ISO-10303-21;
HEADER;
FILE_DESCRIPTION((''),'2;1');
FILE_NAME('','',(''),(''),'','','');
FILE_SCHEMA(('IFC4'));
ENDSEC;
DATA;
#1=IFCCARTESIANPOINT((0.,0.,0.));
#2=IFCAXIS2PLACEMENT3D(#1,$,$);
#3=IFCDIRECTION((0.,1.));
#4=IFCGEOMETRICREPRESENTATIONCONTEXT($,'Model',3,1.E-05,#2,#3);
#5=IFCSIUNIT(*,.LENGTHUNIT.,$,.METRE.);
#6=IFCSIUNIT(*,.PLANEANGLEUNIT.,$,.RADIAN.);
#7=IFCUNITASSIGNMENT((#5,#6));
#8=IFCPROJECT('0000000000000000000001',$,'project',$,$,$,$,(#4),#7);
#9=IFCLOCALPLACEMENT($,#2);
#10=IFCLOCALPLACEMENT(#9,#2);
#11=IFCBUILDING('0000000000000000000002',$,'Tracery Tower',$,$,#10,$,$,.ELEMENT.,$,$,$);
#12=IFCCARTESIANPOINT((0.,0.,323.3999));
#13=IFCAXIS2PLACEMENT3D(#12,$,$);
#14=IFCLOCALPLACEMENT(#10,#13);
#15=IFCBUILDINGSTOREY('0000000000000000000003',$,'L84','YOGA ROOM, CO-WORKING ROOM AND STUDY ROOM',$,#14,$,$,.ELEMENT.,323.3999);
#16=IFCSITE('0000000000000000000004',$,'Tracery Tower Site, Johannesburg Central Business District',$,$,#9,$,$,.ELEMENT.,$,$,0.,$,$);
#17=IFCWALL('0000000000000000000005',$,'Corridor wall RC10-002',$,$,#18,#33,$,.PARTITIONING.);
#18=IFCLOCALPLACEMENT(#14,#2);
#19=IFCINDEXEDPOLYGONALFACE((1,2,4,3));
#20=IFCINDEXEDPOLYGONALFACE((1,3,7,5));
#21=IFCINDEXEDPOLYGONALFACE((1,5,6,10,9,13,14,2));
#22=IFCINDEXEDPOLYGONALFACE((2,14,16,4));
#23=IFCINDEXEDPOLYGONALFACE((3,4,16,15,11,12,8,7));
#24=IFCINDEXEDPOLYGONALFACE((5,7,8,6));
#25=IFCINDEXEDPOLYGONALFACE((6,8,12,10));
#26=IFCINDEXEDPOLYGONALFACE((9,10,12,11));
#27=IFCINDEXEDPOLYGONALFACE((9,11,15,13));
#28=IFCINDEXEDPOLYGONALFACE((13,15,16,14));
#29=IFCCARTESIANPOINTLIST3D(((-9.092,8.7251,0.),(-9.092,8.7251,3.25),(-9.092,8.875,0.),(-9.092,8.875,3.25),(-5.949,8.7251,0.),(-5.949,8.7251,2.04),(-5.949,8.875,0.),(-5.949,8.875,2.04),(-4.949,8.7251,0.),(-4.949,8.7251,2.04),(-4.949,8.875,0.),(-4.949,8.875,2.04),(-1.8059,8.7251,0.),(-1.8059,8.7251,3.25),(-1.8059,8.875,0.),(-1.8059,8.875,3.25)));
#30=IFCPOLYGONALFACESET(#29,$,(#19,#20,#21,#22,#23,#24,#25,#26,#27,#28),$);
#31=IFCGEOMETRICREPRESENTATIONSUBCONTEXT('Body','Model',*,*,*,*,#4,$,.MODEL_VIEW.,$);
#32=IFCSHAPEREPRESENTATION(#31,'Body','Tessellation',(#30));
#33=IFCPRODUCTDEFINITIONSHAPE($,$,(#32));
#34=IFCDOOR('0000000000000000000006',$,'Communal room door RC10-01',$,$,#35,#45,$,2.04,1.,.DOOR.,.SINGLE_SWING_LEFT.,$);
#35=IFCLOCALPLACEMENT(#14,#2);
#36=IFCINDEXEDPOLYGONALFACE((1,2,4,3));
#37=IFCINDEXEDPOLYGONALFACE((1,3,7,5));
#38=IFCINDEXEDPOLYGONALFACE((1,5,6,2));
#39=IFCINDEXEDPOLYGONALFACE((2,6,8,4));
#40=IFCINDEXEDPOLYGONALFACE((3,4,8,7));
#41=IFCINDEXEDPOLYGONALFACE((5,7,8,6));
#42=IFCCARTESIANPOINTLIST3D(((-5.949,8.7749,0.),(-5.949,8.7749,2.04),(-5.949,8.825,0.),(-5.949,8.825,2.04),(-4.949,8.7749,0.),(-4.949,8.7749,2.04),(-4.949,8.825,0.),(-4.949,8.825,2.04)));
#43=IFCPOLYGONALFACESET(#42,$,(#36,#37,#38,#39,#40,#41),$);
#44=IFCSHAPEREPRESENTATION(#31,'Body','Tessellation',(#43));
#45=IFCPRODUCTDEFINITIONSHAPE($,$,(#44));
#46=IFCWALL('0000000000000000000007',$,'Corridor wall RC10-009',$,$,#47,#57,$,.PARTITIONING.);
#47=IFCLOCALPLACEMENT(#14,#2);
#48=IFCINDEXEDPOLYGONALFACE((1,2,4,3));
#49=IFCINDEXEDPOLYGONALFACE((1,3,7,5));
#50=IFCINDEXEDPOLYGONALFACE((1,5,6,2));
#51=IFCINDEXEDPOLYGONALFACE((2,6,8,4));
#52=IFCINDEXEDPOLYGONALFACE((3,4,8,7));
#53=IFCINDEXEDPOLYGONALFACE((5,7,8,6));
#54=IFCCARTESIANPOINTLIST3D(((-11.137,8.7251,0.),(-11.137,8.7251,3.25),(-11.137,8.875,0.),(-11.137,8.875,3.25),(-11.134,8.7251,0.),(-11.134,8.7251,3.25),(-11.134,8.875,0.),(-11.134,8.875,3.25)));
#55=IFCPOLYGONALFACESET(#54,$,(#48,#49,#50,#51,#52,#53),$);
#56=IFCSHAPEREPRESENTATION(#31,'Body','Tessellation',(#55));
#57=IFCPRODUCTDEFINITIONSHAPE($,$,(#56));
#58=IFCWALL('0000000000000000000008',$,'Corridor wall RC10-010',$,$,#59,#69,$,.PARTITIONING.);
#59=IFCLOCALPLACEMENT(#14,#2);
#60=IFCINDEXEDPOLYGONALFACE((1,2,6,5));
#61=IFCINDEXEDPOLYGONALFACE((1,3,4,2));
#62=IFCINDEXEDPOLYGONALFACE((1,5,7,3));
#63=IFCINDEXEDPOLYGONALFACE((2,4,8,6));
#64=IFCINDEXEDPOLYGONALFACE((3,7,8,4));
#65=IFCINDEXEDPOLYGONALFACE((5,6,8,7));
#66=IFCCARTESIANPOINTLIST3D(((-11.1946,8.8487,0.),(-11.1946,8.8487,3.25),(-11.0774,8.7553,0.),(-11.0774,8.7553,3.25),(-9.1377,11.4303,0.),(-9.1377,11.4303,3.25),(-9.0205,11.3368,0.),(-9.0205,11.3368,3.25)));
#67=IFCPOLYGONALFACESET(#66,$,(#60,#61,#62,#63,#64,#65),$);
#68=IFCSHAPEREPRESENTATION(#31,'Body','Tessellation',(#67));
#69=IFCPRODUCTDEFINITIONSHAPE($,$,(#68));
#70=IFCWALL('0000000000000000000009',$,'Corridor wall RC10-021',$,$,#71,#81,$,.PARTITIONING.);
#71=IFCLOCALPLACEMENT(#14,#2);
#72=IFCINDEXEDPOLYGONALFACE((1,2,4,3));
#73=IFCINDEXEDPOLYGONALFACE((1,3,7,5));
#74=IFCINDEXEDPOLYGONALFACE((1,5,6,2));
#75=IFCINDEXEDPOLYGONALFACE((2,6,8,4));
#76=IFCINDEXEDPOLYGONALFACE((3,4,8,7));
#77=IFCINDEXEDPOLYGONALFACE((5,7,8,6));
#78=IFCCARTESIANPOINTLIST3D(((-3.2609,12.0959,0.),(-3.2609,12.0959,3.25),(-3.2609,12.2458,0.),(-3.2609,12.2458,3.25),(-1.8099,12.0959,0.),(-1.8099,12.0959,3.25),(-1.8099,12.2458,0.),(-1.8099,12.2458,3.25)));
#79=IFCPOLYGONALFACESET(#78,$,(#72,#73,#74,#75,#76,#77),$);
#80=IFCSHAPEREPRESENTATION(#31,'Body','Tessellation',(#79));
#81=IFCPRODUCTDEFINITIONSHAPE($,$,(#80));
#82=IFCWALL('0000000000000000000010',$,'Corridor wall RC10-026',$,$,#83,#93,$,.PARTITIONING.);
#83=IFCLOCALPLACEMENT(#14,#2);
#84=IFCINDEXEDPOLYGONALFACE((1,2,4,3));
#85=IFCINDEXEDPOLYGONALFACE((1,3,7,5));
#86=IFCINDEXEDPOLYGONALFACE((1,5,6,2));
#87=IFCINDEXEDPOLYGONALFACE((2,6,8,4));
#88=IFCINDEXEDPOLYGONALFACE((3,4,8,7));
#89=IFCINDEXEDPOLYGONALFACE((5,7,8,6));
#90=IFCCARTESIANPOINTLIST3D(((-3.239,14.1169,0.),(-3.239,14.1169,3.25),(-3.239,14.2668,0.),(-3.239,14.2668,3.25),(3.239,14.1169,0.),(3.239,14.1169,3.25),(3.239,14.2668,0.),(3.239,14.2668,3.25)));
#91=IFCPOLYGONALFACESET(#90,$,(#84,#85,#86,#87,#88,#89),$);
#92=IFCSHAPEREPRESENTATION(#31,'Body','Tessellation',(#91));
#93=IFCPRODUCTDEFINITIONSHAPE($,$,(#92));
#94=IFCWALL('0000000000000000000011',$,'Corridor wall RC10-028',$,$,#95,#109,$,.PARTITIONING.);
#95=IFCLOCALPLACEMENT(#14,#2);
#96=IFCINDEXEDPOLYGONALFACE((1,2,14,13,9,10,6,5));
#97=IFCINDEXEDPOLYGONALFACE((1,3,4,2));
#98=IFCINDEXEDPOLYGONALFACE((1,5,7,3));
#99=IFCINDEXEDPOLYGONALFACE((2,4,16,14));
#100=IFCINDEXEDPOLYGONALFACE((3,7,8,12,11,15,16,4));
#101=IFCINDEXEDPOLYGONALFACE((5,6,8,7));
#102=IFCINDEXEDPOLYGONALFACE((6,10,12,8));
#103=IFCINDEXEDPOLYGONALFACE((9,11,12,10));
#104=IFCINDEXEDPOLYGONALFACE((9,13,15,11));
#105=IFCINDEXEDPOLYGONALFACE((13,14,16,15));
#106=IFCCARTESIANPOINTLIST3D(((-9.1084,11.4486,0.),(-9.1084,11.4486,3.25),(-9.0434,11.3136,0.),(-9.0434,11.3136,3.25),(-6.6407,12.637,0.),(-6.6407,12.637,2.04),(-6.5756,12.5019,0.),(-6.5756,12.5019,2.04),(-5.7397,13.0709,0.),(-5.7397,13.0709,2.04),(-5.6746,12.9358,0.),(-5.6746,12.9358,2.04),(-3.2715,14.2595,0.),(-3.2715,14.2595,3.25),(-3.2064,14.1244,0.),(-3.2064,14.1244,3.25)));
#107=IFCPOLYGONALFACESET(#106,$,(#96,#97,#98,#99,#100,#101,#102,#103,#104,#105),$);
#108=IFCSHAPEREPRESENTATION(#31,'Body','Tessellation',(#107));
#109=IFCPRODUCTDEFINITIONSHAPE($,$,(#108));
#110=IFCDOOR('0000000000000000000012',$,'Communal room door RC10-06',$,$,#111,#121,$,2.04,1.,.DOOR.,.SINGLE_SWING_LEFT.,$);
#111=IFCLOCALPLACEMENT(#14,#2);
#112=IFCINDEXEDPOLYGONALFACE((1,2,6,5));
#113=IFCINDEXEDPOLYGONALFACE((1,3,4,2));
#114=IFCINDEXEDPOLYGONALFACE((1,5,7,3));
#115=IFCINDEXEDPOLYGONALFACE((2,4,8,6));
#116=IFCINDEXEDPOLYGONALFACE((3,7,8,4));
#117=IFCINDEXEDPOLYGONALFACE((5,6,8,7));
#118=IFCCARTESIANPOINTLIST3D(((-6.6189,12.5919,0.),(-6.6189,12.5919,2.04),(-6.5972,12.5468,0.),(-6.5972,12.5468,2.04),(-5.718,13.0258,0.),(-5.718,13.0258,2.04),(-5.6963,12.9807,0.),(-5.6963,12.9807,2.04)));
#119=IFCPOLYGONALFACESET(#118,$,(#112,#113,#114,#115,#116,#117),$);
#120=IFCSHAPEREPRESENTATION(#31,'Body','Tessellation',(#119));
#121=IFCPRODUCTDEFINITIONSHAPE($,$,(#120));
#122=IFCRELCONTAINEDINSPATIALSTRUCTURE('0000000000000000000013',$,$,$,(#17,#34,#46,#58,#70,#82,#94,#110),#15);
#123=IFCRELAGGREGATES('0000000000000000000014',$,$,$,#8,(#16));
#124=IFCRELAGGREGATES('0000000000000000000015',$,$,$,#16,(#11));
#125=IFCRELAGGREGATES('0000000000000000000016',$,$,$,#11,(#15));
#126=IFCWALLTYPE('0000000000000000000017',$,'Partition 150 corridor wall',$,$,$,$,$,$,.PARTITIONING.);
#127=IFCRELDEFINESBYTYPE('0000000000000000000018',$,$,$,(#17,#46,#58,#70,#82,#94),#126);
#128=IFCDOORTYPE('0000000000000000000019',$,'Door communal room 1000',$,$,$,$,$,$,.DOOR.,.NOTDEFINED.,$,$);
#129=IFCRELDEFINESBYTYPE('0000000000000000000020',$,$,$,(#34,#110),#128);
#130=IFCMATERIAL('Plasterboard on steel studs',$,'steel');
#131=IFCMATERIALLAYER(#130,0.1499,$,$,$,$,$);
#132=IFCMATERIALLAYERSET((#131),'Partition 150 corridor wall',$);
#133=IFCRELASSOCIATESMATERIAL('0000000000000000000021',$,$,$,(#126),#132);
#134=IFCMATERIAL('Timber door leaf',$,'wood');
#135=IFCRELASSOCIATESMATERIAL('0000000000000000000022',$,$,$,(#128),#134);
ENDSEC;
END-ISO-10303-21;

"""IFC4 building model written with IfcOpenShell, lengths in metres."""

from ifc_helpers import new_model, si_unit, direction, frame, frame_2d, origin, place, context, subcontext, project, spatial, rectangle, extrude, material, layer, layer_set, type_object, element, fill, save


model = new_model("IFC4")

# Units and contexts
model_context = context("Model", 3, precision=1e-05, world=origin(), true_north=direction((0.0, 1.0)))
body_context = subcontext(model_context, "Body", "Model", "MODEL_VIEW")
ifc_project = project(units=[si_unit("LENGTHUNIT", "METRE"), si_unit("PLANEANGLEUNIT", "RADIAN")], contexts=[model_context])

# Site, building, storey
site_placement = place(None, origin())
site = spatial("IfcSite", under=ifc_project, at=site_placement, Name="Tracery Tower Site, Johannesburg Central Business District", CompositionType="ELEMENT", RefElevation=0.0)
building_placement = place(site_placement, origin())
building = spatial("IfcBuilding", under=site, at=building_placement, Name="Tracery Tower", CompositionType="ELEMENT")
storey_placement = place(building_placement, frame((0.0, 0.0, 323.3999)))
storey = spatial("IfcBuildingStorey", under=building, at=storey_placement, Name="L84", Description="YOGA ROOM, CO-WORKING ROOM AND STUDY ROOM", CompositionType="ELEMENT", Elevation=323.3999)

# Shared definitions
ifc_material_1 = material(Name="Plasterboard on steel studs", Category="steel")
ifc_layer_1 = layer(ifc_material_1, 0.1499)
ifc_layer_set_1 = layer_set([ifc_layer_1], Name="Partition 150 corridor wall")
wall_type_1 = type_object("IfcWallType", Name="Partition 150 corridor wall", PredefinedType="PARTITIONING", material=ifc_layer_set_1)

# Wall, opening, door
wall_1_placement = place(storey_placement, frame((-9.092, 8.8, 0.0), z_axis=(0.0, 0.0, 1.0), x_axis=(1.0, 0.0, 0.0)))
wall_1 = element("IfcWall", 1, at=wall_1_placement, inside=storey, type_object=wall_type_1, Name="Corridor wall RC10-002", PredefinedType="PARTITIONING", context=body_context, shape_type="SweptSolid", body=[
    extrude(rectangle(XDim=7.2861, YDim=0.1499, at=frame_2d((3.6431, 0.0))), origin(), (0.0, 0.0, 1.0), 3.25),
])
opening_1_placement = place(wall_1_placement, frame((3.1431, 0.0, 0.0)))
opening_1 = element("IfcOpeningElement", 2, at=opening_1_placement, cuts=wall_1, PredefinedType="OPENING", context=body_context, shape_type="SweptSolid", body=[
    extrude(rectangle(XDim=1.0, YDim=2.04, at=frame_2d((0.5, 1.02))), frame((0.0, 0.075, 0.0), z_axis=(0.0, -1.0, 0.0), x_axis=(1.0, 0.0, 0.0)), (0.0, 0.0, 1.0), 0.1499),
])
ifc_material_2 = material(Name="Timber door leaf", Category="wood")
door_type = type_object("IfcDoorType", Name="Door communal room 1000", OperationType="NOTDEFINED", PredefinedType="DOOR", material=ifc_material_2)
door_1_placement = place(opening_1_placement, origin())
door_1 = element("IfcDoor", 3, at=door_1_placement, inside=storey, type_object=door_type, Name="Communal room door RC10-01", OperationType="SINGLE_SWING_LEFT", OverallHeight=2.04, OverallWidth=1.0, PredefinedType="DOOR", context=body_context, shape_type="SweptSolid", body=[
    extrude(rectangle(XDim=1.0, YDim=2.04, at=frame_2d((0.5, 1.02))), frame((0.0, 0.0249, 0.0), z_axis=(0.0, -1.0, 0.0), x_axis=(1.0, 0.0, 0.0)), (0.0, 0.0, 1.0), 0.05),
])
fill(opening_1, door_1)

# Walls
wall_2_placement = place(storey_placement, frame((-11.134, 8.8, 0.0), z_axis=(0.0, 0.0, 1.0), x_axis=(-1.0, 0.0, 0.0)))
element("IfcWall", 4, at=wall_2_placement, inside=storey, type_object=wall_type_1, Name="Corridor wall RC10-009", PredefinedType="PARTITIONING", context=body_context, shape_type="SweptSolid", body=[
    extrude(rectangle(XDim=0.0029, YDim=0.1499, at=frame_2d((0.0015, 0.0))), origin(), (0.0, 0.0, 1.0), 3.25),
])
wall_3_placement = place(storey_placement, frame((-11.136, 8.802, 0.0), z_axis=(0.0, 0.0, 1.0), x_axis=(0.623151, 0.782101, 0.0)))
element("IfcWall", 5, at=wall_3_placement, inside=storey, type_object=wall_type_1, Name="Corridor wall RC10-010", PredefinedType="PARTITIONING", context=body_context, shape_type="SweptSolid", body=[
    extrude(rectangle(XDim=3.3008, YDim=0.1499, at=frame_2d((1.6504, 0.0))), origin(), (0.0, 0.0, 1.0), 3.25),
])
wall_4_placement = place(storey_placement, frame((-3.261, 12.1709, 0.0), z_axis=(0.0, 0.0, 1.0), x_axis=(1.0, 0.0, 0.0)))
element("IfcWall", 6, at=wall_4_placement, inside=storey, type_object=wall_type_1, Name="Corridor wall RC10-021", PredefinedType="PARTITIONING", context=body_context, shape_type="SweptSolid", body=[
    extrude(rectangle(XDim=1.4509, YDim=0.1499, at=frame_2d((0.7256, 0.0))), origin(), (0.0, 0.0, 1.0), 3.25),
])
wall_5_placement = place(storey_placement, frame((-3.239, 14.1919, 0.0), z_axis=(0.0, 0.0, 1.0), x_axis=(1.0, 0.0, 0.0)))
element("IfcWall", 7, at=wall_5_placement, inside=storey, type_object=wall_type_1, Name="Corridor wall RC10-026", PredefinedType="PARTITIONING", context=body_context, shape_type="SweptSolid", body=[
    extrude(rectangle(XDim=6.478, YDim=0.1499, at=frame_2d((3.239, 0.0))), origin(), (0.0, 0.0, 1.0), 3.25),
])

# Wall, opening, door
wall_6_placement = place(storey_placement, frame((-9.0759, 11.3811, 0.0), z_axis=(0.0, 0.0, 1.0), x_axis=(0.900976, 0.433869, 0.0)))
wall_6 = element("IfcWall", 8, at=wall_6_placement, inside=storey, type_object=wall_type_1, Name="Corridor wall RC10-028", PredefinedType="PARTITIONING", context=body_context, shape_type="SweptSolid", body=[
    extrude(rectangle(XDim=6.4785, YDim=0.1499, at=frame_2d((3.2393, 0.0))), origin(), (0.0, 0.0, 1.0), 3.25),
])
opening_2_placement = place(wall_6_placement, frame((2.739, 0.0, 0.0)))
opening_2 = element("IfcOpeningElement", 9, at=opening_2_placement, cuts=wall_6, PredefinedType="OPENING", context=body_context, shape_type="SweptSolid", body=[
    extrude(rectangle(XDim=1.0, YDim=2.04, at=frame_2d((0.5, 1.02))), frame((0.0, 0.075, 0.0), z_axis=(0.0, -1.0, 0.0), x_axis=(1.0, 0.0, 0.0)), (0.0, 0.0, 1.0), 0.1499),
])
door_2_placement = place(opening_2_placement, origin())
door_2 = element("IfcDoor", 10, at=door_2_placement, inside=storey, type_object=door_type, Name="Communal room door RC10-06", OperationType="SINGLE_SWING_LEFT", OverallHeight=2.04, OverallWidth=1.0, PredefinedType="DOOR", context=body_context, shape_type="SweptSolid", body=[
    extrude(rectangle(XDim=1.0, YDim=2.04, at=frame_2d((0.5, 1.02))), frame((0.0, 0.0249, 0.0), z_axis=(0.0, -1.0, 0.0), x_axis=(1.0, 0.0, 0.0)), (0.0, 0.0, 1.0), 0.05),
])
fill(opening_2, door_2)

save(model, "model.ifc")
